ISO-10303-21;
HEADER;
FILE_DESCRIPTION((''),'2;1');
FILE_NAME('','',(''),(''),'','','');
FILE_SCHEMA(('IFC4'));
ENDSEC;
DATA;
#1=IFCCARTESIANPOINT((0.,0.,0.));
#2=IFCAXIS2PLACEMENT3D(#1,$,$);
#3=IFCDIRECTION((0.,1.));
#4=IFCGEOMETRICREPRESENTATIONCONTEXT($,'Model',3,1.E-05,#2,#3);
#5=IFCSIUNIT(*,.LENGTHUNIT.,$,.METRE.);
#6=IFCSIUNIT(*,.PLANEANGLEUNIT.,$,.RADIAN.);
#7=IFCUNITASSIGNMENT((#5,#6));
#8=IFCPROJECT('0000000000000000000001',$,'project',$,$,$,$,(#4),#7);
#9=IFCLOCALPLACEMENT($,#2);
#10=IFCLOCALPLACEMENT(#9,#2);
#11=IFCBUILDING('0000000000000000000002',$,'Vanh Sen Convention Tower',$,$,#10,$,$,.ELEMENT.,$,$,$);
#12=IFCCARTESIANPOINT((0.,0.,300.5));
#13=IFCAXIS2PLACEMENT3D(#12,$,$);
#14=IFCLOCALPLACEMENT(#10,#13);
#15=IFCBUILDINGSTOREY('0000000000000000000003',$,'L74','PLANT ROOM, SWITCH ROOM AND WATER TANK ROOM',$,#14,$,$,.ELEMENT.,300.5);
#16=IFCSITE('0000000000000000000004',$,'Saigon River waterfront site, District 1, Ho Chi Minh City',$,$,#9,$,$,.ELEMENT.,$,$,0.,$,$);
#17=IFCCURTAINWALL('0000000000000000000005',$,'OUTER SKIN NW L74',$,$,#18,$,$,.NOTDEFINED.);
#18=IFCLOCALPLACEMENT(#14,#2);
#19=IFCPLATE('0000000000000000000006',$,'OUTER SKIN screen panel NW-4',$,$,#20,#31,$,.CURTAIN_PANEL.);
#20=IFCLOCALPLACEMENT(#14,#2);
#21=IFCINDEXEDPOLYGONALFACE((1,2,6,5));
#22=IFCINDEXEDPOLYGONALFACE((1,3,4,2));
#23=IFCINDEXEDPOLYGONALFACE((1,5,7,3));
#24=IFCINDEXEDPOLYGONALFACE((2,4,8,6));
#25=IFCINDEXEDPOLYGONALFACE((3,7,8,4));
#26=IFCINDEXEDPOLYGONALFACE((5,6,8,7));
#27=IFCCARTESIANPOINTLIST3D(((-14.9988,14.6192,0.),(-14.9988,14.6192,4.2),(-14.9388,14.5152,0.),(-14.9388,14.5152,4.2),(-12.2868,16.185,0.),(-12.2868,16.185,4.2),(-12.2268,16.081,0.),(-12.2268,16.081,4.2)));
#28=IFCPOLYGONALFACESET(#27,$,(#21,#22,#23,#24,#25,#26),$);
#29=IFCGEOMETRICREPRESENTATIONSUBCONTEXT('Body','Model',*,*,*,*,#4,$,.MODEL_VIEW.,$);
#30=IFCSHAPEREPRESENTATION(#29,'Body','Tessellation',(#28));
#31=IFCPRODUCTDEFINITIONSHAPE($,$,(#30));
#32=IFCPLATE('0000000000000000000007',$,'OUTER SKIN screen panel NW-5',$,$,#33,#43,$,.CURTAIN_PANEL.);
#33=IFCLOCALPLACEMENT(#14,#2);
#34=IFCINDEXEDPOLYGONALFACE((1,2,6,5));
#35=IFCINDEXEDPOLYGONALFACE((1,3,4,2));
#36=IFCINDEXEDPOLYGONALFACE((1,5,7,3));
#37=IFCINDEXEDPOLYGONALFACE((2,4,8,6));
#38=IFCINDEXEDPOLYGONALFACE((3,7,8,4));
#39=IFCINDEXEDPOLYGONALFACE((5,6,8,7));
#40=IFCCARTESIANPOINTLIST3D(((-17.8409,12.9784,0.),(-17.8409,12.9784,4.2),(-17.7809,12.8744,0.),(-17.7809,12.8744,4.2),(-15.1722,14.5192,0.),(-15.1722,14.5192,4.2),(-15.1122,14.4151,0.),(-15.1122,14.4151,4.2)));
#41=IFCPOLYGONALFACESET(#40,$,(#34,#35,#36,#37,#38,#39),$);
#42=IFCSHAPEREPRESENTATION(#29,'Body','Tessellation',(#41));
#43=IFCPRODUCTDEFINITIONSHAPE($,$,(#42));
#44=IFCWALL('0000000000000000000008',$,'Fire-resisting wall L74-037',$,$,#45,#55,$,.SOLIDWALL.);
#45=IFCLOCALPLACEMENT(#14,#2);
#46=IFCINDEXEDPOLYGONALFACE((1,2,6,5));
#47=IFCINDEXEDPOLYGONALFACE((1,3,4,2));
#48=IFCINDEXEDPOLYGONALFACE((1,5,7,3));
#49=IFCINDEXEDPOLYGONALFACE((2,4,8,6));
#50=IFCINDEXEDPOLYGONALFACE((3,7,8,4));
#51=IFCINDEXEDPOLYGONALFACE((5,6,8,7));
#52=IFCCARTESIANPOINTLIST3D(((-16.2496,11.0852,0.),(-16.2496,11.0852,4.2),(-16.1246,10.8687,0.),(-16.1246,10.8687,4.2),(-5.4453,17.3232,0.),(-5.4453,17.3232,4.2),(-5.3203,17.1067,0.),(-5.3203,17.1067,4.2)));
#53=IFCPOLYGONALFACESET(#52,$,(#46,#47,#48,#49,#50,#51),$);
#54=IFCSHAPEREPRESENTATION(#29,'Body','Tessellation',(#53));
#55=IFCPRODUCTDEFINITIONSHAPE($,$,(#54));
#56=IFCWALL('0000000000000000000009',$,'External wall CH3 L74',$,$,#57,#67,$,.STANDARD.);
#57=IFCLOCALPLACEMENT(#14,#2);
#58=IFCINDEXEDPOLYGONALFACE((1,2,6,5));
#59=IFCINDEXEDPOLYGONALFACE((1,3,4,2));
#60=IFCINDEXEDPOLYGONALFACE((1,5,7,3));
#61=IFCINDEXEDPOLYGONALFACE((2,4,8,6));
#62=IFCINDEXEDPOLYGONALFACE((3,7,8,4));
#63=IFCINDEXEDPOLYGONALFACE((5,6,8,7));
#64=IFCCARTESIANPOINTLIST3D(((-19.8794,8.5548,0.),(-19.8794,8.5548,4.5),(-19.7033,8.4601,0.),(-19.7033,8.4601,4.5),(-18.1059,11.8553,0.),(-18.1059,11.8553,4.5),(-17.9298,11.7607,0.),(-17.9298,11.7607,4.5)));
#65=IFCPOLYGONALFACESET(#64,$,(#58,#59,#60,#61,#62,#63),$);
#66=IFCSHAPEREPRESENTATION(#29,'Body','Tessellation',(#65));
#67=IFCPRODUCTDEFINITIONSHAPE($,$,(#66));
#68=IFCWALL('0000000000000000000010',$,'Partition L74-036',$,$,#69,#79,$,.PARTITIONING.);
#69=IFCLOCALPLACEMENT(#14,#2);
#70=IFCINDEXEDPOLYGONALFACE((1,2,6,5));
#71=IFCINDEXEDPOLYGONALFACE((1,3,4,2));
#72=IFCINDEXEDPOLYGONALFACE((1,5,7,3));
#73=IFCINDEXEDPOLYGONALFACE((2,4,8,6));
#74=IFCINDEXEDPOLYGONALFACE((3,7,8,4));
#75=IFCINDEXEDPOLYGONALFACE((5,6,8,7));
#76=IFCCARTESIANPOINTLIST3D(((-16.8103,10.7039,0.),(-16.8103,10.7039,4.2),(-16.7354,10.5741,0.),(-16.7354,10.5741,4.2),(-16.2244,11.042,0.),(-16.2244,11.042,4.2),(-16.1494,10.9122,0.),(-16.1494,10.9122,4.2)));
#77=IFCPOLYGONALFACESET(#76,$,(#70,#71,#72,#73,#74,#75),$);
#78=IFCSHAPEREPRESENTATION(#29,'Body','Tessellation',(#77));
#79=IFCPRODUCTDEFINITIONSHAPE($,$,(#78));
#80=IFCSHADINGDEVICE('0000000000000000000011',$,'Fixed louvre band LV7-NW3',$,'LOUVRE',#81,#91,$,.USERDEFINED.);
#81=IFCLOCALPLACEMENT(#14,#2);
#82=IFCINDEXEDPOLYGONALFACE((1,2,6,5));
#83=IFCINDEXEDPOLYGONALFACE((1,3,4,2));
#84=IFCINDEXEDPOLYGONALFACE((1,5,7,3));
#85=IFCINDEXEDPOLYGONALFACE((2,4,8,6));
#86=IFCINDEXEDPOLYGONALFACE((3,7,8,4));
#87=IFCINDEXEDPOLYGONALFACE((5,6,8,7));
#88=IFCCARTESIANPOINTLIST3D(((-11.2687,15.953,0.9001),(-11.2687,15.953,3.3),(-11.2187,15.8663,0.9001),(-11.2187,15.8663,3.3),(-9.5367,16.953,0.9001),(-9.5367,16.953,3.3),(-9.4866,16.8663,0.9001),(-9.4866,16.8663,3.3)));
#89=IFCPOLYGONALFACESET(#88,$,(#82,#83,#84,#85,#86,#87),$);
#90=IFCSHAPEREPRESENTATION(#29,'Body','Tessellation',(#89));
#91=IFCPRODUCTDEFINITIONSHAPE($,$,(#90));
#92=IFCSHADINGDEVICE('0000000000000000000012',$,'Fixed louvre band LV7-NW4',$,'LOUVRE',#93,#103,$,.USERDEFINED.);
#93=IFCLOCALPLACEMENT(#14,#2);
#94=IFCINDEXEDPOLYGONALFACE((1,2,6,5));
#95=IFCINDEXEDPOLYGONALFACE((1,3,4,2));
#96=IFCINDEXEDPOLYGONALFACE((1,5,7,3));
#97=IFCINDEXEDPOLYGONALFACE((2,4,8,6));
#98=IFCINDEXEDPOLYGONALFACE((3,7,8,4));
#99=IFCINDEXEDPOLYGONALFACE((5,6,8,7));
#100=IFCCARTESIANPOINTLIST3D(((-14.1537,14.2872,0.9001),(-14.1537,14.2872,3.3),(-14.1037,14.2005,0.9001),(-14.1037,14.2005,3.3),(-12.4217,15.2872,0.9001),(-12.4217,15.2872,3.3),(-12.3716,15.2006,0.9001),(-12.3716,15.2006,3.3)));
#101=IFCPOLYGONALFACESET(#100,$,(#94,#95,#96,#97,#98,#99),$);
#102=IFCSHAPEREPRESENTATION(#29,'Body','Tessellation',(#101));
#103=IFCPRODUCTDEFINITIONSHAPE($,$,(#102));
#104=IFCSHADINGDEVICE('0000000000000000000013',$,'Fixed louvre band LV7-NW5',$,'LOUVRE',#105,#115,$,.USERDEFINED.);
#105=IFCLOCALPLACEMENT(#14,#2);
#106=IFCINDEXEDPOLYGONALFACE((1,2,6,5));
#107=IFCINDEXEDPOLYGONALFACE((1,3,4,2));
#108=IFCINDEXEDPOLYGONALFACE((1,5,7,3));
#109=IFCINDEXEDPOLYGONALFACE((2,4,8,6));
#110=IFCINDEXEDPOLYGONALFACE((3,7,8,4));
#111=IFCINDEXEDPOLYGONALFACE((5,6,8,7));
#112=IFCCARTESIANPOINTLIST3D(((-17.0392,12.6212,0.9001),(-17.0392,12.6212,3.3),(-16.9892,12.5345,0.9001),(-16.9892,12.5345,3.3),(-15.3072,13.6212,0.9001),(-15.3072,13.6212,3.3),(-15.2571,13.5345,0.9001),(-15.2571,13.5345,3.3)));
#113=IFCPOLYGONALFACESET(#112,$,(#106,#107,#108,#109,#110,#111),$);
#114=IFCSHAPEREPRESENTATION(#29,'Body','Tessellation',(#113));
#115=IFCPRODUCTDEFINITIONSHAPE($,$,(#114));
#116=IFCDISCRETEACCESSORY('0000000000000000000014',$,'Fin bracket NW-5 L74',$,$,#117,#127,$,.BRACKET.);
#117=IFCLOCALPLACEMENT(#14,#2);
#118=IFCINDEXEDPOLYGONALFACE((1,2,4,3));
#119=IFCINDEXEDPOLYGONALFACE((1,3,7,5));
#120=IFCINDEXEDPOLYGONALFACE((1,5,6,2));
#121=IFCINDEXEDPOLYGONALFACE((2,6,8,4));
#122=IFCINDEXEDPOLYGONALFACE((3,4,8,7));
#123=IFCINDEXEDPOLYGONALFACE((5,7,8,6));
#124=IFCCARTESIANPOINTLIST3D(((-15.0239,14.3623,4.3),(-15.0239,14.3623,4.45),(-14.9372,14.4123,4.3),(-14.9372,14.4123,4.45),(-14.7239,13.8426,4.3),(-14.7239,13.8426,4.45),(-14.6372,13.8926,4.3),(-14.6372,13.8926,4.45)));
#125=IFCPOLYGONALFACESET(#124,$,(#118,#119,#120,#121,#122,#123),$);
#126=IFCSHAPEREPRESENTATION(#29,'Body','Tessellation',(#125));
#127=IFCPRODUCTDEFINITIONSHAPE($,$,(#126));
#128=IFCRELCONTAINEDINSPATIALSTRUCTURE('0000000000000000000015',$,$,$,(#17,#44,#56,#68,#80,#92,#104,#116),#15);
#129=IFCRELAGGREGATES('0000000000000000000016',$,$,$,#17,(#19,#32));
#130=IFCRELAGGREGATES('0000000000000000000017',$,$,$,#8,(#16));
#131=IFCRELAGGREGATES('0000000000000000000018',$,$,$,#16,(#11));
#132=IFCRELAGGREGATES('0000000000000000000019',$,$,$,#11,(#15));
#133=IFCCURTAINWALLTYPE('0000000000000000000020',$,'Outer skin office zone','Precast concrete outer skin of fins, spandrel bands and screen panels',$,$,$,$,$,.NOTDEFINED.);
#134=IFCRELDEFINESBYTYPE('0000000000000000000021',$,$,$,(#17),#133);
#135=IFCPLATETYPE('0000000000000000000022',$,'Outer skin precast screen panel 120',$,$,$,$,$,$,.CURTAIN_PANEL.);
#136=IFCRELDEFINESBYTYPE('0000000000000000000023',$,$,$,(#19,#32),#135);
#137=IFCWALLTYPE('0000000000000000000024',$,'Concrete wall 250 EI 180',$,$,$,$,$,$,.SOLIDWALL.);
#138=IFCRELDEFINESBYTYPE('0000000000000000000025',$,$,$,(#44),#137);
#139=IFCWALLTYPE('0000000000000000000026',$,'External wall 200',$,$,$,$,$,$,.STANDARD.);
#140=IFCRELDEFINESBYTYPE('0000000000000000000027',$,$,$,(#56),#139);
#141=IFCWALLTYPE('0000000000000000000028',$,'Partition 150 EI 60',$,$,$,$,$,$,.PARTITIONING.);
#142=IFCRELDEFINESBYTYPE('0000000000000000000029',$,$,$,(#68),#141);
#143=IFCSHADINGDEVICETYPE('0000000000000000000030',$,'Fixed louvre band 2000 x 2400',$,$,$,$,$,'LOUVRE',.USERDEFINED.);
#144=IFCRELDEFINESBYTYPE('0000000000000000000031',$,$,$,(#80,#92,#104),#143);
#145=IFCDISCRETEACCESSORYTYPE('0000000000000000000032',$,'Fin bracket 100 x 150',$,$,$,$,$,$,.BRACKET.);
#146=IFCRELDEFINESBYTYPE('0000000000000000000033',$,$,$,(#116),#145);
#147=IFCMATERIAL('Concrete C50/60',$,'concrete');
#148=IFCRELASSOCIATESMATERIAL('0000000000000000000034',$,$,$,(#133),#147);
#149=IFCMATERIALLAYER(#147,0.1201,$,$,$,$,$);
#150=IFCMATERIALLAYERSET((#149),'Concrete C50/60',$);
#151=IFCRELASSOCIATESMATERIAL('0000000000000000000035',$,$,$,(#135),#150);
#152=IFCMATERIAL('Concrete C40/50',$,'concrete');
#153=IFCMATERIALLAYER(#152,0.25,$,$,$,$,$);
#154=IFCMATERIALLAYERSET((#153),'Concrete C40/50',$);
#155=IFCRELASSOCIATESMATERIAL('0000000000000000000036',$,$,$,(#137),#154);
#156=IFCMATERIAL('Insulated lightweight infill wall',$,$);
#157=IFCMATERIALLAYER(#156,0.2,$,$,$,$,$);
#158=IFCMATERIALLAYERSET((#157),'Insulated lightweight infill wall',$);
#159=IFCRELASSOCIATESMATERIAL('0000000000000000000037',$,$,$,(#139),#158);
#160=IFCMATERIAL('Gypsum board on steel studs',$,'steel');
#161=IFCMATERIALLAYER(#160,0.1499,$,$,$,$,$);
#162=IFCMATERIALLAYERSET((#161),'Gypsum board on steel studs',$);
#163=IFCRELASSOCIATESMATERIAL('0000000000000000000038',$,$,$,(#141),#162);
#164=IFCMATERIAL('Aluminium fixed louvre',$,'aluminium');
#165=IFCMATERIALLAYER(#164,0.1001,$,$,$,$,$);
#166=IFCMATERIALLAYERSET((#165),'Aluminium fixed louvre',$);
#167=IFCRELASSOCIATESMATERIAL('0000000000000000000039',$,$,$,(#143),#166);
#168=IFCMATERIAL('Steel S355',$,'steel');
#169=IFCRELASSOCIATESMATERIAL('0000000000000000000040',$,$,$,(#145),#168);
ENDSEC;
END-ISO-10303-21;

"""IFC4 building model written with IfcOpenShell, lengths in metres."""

from ifc_helpers import new_model, si_unit, direction, frame, frame_2d, origin, origin_2d, place, context, subcontext, project, spatial, rectangle, extrude, material, layer, layer_set, type_object, element, aggregate, save


model = new_model("IFC4")

# Units and contexts
model_context = context("Model", 3, precision=1e-05, world=origin(), true_north=direction((0.0, 1.0)))
body_context = subcontext(model_context, "Body", "Model", "MODEL_VIEW")
ifc_project = project(units=[si_unit("LENGTHUNIT", "METRE"), si_unit("PLANEANGLEUNIT", "RADIAN")], contexts=[model_context])

# Site, building, storey
site_placement = place(None, origin())
site = spatial("IfcSite", under=ifc_project, at=site_placement, Name="Saigon River waterfront site, District 1, Ho Chi Minh City", CompositionType="ELEMENT", RefElevation=0.0)
building_placement = place(site_placement, origin())
building = spatial("IfcBuilding", under=site, at=building_placement, Name="Vanh Sen Convention Tower", CompositionType="ELEMENT")
storey_placement = place(building_placement, frame((0.0, 0.0, 300.5)))
storey = spatial("IfcBuildingStorey", under=building, at=storey_placement, Name="L74", Description="PLANT ROOM, SWITCH ROOM AND WATER TANK ROOM", CompositionType="ELEMENT", Elevation=300.5)

# Curtain wall
ifc_material_1 = material(Name="Concrete C50/60", Category="concrete")
curtain_wall_type = type_object("IfcCurtainWallType", Name="Outer skin office zone", Description="Precast concrete outer skin of fins, spandrel bands and screen panels", PredefinedType="NOTDEFINED", material=ifc_material_1)
curtain_wall_1_placement = place(storey_placement, origin())
curtain_wall_1 = element("IfcCurtainWall", 1, at=curtain_wall_1_placement, inside=storey, type_object=curtain_wall_type, Name="OUTER SKIN NW L74", PredefinedType="NOTDEFINED")

# Plates
ifc_layer_1 = layer(ifc_material_1, 0.1201)
ifc_layer_set_1 = layer_set([ifc_layer_1], Name="Concrete C50/60")
plate_type = type_object("IfcPlateType", Name="Outer skin precast screen panel 120", PredefinedType="CURTAIN_PANEL", material=ifc_layer_set_1)
plate_1_placement = place(storey_placement, frame((-13.6128, 15.3501, 0.0), z_axis=(0.0, 0.0, 1.0), x_axis=(-0.866016, -0.500017, 0.0)))
plate_1 = element("IfcPlate", 2, at=plate_1_placement, type_object=plate_type, Name="OUTER SKIN screen panel NW-4", PredefinedType="CURTAIN_PANEL", context=body_context, shape_type="SweptSolid", body=[
    extrude(rectangle(XDim=3.1316, YDim=0.1201, at=origin_2d()), origin(), (0.0, 0.0, 1.0), 4.2),
])
plate_2_placement = place(storey_placement, frame((-16.4766, 13.6968, 0.0), z_axis=(0.0, 0.0, 1.0), x_axis=(-0.866029, -0.499994, 0.0)))
plate_2 = element("IfcPlate", 3, at=plate_2_placement, type_object=plate_type, Name="OUTER SKIN screen panel NW-5", PredefinedType="CURTAIN_PANEL", context=body_context, shape_type="SweptSolid", body=[
    extrude(rectangle(XDim=3.0815, YDim=0.1201, at=origin_2d()), origin(), (0.0, 0.0, 1.0), 4.2),
])
aggregate(curtain_wall_1, [plate_1, plate_2])

# Walls
ifc_material_2 = material(Name="Concrete C40/50", Category="concrete")
ifc_layer_2 = layer(ifc_material_2, 0.25)
ifc_layer_set_2 = layer_set([ifc_layer_2], Name="Concrete C40/50")
wall_type_1 = type_object("IfcWallType", Name="Concrete wall 250 EI 180", PredefinedType="SOLIDWALL", material=ifc_layer_set_2)
wall_1_placement = place(storey_placement, frame((-16.187, 10.9771, 0.0), z_axis=(0.0, 0.0, 1.0), x_axis=(0.866022, 0.500005, 0.0)))
element("IfcWall", 4, at=wall_1_placement, inside=storey, type_object=wall_type_1, Name="Fire-resisting wall L74-037", PredefinedType="SOLIDWALL", context=body_context, shape_type="SweptSolid", body=[
    extrude(rectangle(XDim=12.4758, YDim=0.25, at=frame_2d((6.2378, 0.0))), origin(), (0.0, 0.0, 1.0), 4.2),
])
ifc_material_3 = material(Name="Insulated lightweight infill wall")
ifc_layer_3 = layer(ifc_material_3, 0.2)
ifc_layer_set_3 = layer_set([ifc_layer_3], Name="Insulated lightweight infill wall")
wall_type_2 = type_object("IfcWallType", Name="External wall 200", PredefinedType="STANDARD", material=ifc_layer_set_3)
wall_2_placement = place(storey_placement, frame((-18.0178, 11.8081, 0.0), z_axis=(0.0, 0.0, 1.0), x_axis=(-0.473319, -0.880891, 0.0)))
element("IfcWall", 5, at=wall_2_placement, inside=storey, type_object=wall_type_2, Name="External wall CH3 L74", PredefinedType="STANDARD", context=body_context, shape_type="SweptSolid", body=[
    extrude(rectangle(XDim=3.7468, YDim=0.2, at=frame_2d((1.8735, 0.0))), origin(), (0.0, 0.0, 1.0), 4.5),
])
ifc_material_4 = material(Name="Gypsum board on steel studs", Category="steel")
ifc_layer_4 = layer(ifc_material_4, 0.1499)
ifc_layer_set_4 = layer_set([ifc_layer_4], Name="Gypsum board on steel studs")
wall_type_3 = type_object("IfcWallType", Name="Partition 150 EI 60", PredefinedType="PARTITIONING", material=ifc_layer_set_4)
wall_3_placement = place(storey_placement, frame((-16.7729, 10.6389, 0.0), z_axis=(0.0, 0.0, 1.0), x_axis=(0.866125, 0.499827, 0.0)))
element("IfcWall", 6, at=wall_3_placement, inside=storey, type_object=wall_type_3, Name="Partition L74-036", PredefinedType="PARTITIONING", context=body_context, shape_type="SweptSolid", body=[
    extrude(rectangle(XDim=0.6765, YDim=0.1499, at=frame_2d((0.3384, 0.0))), origin(), (0.0, 0.0, 1.0), 4.2),
])

# Shading devices
ifc_material_5 = material(Name="Aluminium fixed louvre", Category="aluminium")
ifc_layer_5 = layer(ifc_material_5, 0.1001)
ifc_layer_set_5 = layer_set([ifc_layer_5], Name="Aluminium fixed louvre")
shading_device_type = type_object("IfcShadingDeviceType", Name="Fixed louvre band 2000 x 2400", ElementType="LOUVRE", PredefinedType="USERDEFINED", material=ifc_layer_set_5)
for number, where, z_axis, x_axis, name in (
    (7, (-10.3777, 16.4097, 0.9001), (0.0, 0.0, 1.0), (-0.866024, -0.500003, 0.0), "Fixed louvre band LV7-NW3"),
    (8, (-13.2627, 14.7439, 0.9001), (0.0, 0.0, 1.0), (-0.866024, -0.500003, 0.0), "Fixed louvre band LV7-NW4"),
    (9, (-16.1482, 13.0779, 0.9001), (0.0, 0.0, 1.0), (-0.866024, -0.500003, 0.0), "Fixed louvre band LV7-NW5"),
):
    element("IfcShadingDevice", number, at=place(storey_placement, frame(where, z_axis=z_axis, x_axis=x_axis)), inside=storey, type_object=shading_device_type, Name=name, ObjectType="LOUVRE", PredefinedType="USERDEFINED", context=body_context, shape_type="SweptSolid", body=[
        extrude(rectangle(XDim=2.0, YDim=0.1001, at=origin_2d()), origin(), (0.0, 0.0, 1.0), 2.3999),
    ])

# Discrete accessory
ifc_material_6 = material(Name="Steel S355", Category="steel")
discrete_accessory_type = type_object("IfcDiscreteAccessoryType", Name="Fin bracket 100 x 150", PredefinedType="BRACKET", material=ifc_material_6)
discrete_accessory_placement = place(storey_placement, frame((-14.8306, 14.1274, 4.3), z_axis=(0.0, 0.0, 1.0), x_axis=(-0.5, 0.866025, 0.0)))
element("IfcDiscreteAccessory", 10, at=discrete_accessory_placement, inside=storey, type_object=discrete_accessory_type, Name="Fin bracket NW-5 L74", PredefinedType="BRACKET", context=body_context, shape_type="SweptSolid", body=[
    extrude(rectangle(XDim=0.6001, YDim=0.1001, at=origin_2d()), origin(), (0.0, 0.0, 1.0), 0.1499),
])

save(model, "model.ifc")
